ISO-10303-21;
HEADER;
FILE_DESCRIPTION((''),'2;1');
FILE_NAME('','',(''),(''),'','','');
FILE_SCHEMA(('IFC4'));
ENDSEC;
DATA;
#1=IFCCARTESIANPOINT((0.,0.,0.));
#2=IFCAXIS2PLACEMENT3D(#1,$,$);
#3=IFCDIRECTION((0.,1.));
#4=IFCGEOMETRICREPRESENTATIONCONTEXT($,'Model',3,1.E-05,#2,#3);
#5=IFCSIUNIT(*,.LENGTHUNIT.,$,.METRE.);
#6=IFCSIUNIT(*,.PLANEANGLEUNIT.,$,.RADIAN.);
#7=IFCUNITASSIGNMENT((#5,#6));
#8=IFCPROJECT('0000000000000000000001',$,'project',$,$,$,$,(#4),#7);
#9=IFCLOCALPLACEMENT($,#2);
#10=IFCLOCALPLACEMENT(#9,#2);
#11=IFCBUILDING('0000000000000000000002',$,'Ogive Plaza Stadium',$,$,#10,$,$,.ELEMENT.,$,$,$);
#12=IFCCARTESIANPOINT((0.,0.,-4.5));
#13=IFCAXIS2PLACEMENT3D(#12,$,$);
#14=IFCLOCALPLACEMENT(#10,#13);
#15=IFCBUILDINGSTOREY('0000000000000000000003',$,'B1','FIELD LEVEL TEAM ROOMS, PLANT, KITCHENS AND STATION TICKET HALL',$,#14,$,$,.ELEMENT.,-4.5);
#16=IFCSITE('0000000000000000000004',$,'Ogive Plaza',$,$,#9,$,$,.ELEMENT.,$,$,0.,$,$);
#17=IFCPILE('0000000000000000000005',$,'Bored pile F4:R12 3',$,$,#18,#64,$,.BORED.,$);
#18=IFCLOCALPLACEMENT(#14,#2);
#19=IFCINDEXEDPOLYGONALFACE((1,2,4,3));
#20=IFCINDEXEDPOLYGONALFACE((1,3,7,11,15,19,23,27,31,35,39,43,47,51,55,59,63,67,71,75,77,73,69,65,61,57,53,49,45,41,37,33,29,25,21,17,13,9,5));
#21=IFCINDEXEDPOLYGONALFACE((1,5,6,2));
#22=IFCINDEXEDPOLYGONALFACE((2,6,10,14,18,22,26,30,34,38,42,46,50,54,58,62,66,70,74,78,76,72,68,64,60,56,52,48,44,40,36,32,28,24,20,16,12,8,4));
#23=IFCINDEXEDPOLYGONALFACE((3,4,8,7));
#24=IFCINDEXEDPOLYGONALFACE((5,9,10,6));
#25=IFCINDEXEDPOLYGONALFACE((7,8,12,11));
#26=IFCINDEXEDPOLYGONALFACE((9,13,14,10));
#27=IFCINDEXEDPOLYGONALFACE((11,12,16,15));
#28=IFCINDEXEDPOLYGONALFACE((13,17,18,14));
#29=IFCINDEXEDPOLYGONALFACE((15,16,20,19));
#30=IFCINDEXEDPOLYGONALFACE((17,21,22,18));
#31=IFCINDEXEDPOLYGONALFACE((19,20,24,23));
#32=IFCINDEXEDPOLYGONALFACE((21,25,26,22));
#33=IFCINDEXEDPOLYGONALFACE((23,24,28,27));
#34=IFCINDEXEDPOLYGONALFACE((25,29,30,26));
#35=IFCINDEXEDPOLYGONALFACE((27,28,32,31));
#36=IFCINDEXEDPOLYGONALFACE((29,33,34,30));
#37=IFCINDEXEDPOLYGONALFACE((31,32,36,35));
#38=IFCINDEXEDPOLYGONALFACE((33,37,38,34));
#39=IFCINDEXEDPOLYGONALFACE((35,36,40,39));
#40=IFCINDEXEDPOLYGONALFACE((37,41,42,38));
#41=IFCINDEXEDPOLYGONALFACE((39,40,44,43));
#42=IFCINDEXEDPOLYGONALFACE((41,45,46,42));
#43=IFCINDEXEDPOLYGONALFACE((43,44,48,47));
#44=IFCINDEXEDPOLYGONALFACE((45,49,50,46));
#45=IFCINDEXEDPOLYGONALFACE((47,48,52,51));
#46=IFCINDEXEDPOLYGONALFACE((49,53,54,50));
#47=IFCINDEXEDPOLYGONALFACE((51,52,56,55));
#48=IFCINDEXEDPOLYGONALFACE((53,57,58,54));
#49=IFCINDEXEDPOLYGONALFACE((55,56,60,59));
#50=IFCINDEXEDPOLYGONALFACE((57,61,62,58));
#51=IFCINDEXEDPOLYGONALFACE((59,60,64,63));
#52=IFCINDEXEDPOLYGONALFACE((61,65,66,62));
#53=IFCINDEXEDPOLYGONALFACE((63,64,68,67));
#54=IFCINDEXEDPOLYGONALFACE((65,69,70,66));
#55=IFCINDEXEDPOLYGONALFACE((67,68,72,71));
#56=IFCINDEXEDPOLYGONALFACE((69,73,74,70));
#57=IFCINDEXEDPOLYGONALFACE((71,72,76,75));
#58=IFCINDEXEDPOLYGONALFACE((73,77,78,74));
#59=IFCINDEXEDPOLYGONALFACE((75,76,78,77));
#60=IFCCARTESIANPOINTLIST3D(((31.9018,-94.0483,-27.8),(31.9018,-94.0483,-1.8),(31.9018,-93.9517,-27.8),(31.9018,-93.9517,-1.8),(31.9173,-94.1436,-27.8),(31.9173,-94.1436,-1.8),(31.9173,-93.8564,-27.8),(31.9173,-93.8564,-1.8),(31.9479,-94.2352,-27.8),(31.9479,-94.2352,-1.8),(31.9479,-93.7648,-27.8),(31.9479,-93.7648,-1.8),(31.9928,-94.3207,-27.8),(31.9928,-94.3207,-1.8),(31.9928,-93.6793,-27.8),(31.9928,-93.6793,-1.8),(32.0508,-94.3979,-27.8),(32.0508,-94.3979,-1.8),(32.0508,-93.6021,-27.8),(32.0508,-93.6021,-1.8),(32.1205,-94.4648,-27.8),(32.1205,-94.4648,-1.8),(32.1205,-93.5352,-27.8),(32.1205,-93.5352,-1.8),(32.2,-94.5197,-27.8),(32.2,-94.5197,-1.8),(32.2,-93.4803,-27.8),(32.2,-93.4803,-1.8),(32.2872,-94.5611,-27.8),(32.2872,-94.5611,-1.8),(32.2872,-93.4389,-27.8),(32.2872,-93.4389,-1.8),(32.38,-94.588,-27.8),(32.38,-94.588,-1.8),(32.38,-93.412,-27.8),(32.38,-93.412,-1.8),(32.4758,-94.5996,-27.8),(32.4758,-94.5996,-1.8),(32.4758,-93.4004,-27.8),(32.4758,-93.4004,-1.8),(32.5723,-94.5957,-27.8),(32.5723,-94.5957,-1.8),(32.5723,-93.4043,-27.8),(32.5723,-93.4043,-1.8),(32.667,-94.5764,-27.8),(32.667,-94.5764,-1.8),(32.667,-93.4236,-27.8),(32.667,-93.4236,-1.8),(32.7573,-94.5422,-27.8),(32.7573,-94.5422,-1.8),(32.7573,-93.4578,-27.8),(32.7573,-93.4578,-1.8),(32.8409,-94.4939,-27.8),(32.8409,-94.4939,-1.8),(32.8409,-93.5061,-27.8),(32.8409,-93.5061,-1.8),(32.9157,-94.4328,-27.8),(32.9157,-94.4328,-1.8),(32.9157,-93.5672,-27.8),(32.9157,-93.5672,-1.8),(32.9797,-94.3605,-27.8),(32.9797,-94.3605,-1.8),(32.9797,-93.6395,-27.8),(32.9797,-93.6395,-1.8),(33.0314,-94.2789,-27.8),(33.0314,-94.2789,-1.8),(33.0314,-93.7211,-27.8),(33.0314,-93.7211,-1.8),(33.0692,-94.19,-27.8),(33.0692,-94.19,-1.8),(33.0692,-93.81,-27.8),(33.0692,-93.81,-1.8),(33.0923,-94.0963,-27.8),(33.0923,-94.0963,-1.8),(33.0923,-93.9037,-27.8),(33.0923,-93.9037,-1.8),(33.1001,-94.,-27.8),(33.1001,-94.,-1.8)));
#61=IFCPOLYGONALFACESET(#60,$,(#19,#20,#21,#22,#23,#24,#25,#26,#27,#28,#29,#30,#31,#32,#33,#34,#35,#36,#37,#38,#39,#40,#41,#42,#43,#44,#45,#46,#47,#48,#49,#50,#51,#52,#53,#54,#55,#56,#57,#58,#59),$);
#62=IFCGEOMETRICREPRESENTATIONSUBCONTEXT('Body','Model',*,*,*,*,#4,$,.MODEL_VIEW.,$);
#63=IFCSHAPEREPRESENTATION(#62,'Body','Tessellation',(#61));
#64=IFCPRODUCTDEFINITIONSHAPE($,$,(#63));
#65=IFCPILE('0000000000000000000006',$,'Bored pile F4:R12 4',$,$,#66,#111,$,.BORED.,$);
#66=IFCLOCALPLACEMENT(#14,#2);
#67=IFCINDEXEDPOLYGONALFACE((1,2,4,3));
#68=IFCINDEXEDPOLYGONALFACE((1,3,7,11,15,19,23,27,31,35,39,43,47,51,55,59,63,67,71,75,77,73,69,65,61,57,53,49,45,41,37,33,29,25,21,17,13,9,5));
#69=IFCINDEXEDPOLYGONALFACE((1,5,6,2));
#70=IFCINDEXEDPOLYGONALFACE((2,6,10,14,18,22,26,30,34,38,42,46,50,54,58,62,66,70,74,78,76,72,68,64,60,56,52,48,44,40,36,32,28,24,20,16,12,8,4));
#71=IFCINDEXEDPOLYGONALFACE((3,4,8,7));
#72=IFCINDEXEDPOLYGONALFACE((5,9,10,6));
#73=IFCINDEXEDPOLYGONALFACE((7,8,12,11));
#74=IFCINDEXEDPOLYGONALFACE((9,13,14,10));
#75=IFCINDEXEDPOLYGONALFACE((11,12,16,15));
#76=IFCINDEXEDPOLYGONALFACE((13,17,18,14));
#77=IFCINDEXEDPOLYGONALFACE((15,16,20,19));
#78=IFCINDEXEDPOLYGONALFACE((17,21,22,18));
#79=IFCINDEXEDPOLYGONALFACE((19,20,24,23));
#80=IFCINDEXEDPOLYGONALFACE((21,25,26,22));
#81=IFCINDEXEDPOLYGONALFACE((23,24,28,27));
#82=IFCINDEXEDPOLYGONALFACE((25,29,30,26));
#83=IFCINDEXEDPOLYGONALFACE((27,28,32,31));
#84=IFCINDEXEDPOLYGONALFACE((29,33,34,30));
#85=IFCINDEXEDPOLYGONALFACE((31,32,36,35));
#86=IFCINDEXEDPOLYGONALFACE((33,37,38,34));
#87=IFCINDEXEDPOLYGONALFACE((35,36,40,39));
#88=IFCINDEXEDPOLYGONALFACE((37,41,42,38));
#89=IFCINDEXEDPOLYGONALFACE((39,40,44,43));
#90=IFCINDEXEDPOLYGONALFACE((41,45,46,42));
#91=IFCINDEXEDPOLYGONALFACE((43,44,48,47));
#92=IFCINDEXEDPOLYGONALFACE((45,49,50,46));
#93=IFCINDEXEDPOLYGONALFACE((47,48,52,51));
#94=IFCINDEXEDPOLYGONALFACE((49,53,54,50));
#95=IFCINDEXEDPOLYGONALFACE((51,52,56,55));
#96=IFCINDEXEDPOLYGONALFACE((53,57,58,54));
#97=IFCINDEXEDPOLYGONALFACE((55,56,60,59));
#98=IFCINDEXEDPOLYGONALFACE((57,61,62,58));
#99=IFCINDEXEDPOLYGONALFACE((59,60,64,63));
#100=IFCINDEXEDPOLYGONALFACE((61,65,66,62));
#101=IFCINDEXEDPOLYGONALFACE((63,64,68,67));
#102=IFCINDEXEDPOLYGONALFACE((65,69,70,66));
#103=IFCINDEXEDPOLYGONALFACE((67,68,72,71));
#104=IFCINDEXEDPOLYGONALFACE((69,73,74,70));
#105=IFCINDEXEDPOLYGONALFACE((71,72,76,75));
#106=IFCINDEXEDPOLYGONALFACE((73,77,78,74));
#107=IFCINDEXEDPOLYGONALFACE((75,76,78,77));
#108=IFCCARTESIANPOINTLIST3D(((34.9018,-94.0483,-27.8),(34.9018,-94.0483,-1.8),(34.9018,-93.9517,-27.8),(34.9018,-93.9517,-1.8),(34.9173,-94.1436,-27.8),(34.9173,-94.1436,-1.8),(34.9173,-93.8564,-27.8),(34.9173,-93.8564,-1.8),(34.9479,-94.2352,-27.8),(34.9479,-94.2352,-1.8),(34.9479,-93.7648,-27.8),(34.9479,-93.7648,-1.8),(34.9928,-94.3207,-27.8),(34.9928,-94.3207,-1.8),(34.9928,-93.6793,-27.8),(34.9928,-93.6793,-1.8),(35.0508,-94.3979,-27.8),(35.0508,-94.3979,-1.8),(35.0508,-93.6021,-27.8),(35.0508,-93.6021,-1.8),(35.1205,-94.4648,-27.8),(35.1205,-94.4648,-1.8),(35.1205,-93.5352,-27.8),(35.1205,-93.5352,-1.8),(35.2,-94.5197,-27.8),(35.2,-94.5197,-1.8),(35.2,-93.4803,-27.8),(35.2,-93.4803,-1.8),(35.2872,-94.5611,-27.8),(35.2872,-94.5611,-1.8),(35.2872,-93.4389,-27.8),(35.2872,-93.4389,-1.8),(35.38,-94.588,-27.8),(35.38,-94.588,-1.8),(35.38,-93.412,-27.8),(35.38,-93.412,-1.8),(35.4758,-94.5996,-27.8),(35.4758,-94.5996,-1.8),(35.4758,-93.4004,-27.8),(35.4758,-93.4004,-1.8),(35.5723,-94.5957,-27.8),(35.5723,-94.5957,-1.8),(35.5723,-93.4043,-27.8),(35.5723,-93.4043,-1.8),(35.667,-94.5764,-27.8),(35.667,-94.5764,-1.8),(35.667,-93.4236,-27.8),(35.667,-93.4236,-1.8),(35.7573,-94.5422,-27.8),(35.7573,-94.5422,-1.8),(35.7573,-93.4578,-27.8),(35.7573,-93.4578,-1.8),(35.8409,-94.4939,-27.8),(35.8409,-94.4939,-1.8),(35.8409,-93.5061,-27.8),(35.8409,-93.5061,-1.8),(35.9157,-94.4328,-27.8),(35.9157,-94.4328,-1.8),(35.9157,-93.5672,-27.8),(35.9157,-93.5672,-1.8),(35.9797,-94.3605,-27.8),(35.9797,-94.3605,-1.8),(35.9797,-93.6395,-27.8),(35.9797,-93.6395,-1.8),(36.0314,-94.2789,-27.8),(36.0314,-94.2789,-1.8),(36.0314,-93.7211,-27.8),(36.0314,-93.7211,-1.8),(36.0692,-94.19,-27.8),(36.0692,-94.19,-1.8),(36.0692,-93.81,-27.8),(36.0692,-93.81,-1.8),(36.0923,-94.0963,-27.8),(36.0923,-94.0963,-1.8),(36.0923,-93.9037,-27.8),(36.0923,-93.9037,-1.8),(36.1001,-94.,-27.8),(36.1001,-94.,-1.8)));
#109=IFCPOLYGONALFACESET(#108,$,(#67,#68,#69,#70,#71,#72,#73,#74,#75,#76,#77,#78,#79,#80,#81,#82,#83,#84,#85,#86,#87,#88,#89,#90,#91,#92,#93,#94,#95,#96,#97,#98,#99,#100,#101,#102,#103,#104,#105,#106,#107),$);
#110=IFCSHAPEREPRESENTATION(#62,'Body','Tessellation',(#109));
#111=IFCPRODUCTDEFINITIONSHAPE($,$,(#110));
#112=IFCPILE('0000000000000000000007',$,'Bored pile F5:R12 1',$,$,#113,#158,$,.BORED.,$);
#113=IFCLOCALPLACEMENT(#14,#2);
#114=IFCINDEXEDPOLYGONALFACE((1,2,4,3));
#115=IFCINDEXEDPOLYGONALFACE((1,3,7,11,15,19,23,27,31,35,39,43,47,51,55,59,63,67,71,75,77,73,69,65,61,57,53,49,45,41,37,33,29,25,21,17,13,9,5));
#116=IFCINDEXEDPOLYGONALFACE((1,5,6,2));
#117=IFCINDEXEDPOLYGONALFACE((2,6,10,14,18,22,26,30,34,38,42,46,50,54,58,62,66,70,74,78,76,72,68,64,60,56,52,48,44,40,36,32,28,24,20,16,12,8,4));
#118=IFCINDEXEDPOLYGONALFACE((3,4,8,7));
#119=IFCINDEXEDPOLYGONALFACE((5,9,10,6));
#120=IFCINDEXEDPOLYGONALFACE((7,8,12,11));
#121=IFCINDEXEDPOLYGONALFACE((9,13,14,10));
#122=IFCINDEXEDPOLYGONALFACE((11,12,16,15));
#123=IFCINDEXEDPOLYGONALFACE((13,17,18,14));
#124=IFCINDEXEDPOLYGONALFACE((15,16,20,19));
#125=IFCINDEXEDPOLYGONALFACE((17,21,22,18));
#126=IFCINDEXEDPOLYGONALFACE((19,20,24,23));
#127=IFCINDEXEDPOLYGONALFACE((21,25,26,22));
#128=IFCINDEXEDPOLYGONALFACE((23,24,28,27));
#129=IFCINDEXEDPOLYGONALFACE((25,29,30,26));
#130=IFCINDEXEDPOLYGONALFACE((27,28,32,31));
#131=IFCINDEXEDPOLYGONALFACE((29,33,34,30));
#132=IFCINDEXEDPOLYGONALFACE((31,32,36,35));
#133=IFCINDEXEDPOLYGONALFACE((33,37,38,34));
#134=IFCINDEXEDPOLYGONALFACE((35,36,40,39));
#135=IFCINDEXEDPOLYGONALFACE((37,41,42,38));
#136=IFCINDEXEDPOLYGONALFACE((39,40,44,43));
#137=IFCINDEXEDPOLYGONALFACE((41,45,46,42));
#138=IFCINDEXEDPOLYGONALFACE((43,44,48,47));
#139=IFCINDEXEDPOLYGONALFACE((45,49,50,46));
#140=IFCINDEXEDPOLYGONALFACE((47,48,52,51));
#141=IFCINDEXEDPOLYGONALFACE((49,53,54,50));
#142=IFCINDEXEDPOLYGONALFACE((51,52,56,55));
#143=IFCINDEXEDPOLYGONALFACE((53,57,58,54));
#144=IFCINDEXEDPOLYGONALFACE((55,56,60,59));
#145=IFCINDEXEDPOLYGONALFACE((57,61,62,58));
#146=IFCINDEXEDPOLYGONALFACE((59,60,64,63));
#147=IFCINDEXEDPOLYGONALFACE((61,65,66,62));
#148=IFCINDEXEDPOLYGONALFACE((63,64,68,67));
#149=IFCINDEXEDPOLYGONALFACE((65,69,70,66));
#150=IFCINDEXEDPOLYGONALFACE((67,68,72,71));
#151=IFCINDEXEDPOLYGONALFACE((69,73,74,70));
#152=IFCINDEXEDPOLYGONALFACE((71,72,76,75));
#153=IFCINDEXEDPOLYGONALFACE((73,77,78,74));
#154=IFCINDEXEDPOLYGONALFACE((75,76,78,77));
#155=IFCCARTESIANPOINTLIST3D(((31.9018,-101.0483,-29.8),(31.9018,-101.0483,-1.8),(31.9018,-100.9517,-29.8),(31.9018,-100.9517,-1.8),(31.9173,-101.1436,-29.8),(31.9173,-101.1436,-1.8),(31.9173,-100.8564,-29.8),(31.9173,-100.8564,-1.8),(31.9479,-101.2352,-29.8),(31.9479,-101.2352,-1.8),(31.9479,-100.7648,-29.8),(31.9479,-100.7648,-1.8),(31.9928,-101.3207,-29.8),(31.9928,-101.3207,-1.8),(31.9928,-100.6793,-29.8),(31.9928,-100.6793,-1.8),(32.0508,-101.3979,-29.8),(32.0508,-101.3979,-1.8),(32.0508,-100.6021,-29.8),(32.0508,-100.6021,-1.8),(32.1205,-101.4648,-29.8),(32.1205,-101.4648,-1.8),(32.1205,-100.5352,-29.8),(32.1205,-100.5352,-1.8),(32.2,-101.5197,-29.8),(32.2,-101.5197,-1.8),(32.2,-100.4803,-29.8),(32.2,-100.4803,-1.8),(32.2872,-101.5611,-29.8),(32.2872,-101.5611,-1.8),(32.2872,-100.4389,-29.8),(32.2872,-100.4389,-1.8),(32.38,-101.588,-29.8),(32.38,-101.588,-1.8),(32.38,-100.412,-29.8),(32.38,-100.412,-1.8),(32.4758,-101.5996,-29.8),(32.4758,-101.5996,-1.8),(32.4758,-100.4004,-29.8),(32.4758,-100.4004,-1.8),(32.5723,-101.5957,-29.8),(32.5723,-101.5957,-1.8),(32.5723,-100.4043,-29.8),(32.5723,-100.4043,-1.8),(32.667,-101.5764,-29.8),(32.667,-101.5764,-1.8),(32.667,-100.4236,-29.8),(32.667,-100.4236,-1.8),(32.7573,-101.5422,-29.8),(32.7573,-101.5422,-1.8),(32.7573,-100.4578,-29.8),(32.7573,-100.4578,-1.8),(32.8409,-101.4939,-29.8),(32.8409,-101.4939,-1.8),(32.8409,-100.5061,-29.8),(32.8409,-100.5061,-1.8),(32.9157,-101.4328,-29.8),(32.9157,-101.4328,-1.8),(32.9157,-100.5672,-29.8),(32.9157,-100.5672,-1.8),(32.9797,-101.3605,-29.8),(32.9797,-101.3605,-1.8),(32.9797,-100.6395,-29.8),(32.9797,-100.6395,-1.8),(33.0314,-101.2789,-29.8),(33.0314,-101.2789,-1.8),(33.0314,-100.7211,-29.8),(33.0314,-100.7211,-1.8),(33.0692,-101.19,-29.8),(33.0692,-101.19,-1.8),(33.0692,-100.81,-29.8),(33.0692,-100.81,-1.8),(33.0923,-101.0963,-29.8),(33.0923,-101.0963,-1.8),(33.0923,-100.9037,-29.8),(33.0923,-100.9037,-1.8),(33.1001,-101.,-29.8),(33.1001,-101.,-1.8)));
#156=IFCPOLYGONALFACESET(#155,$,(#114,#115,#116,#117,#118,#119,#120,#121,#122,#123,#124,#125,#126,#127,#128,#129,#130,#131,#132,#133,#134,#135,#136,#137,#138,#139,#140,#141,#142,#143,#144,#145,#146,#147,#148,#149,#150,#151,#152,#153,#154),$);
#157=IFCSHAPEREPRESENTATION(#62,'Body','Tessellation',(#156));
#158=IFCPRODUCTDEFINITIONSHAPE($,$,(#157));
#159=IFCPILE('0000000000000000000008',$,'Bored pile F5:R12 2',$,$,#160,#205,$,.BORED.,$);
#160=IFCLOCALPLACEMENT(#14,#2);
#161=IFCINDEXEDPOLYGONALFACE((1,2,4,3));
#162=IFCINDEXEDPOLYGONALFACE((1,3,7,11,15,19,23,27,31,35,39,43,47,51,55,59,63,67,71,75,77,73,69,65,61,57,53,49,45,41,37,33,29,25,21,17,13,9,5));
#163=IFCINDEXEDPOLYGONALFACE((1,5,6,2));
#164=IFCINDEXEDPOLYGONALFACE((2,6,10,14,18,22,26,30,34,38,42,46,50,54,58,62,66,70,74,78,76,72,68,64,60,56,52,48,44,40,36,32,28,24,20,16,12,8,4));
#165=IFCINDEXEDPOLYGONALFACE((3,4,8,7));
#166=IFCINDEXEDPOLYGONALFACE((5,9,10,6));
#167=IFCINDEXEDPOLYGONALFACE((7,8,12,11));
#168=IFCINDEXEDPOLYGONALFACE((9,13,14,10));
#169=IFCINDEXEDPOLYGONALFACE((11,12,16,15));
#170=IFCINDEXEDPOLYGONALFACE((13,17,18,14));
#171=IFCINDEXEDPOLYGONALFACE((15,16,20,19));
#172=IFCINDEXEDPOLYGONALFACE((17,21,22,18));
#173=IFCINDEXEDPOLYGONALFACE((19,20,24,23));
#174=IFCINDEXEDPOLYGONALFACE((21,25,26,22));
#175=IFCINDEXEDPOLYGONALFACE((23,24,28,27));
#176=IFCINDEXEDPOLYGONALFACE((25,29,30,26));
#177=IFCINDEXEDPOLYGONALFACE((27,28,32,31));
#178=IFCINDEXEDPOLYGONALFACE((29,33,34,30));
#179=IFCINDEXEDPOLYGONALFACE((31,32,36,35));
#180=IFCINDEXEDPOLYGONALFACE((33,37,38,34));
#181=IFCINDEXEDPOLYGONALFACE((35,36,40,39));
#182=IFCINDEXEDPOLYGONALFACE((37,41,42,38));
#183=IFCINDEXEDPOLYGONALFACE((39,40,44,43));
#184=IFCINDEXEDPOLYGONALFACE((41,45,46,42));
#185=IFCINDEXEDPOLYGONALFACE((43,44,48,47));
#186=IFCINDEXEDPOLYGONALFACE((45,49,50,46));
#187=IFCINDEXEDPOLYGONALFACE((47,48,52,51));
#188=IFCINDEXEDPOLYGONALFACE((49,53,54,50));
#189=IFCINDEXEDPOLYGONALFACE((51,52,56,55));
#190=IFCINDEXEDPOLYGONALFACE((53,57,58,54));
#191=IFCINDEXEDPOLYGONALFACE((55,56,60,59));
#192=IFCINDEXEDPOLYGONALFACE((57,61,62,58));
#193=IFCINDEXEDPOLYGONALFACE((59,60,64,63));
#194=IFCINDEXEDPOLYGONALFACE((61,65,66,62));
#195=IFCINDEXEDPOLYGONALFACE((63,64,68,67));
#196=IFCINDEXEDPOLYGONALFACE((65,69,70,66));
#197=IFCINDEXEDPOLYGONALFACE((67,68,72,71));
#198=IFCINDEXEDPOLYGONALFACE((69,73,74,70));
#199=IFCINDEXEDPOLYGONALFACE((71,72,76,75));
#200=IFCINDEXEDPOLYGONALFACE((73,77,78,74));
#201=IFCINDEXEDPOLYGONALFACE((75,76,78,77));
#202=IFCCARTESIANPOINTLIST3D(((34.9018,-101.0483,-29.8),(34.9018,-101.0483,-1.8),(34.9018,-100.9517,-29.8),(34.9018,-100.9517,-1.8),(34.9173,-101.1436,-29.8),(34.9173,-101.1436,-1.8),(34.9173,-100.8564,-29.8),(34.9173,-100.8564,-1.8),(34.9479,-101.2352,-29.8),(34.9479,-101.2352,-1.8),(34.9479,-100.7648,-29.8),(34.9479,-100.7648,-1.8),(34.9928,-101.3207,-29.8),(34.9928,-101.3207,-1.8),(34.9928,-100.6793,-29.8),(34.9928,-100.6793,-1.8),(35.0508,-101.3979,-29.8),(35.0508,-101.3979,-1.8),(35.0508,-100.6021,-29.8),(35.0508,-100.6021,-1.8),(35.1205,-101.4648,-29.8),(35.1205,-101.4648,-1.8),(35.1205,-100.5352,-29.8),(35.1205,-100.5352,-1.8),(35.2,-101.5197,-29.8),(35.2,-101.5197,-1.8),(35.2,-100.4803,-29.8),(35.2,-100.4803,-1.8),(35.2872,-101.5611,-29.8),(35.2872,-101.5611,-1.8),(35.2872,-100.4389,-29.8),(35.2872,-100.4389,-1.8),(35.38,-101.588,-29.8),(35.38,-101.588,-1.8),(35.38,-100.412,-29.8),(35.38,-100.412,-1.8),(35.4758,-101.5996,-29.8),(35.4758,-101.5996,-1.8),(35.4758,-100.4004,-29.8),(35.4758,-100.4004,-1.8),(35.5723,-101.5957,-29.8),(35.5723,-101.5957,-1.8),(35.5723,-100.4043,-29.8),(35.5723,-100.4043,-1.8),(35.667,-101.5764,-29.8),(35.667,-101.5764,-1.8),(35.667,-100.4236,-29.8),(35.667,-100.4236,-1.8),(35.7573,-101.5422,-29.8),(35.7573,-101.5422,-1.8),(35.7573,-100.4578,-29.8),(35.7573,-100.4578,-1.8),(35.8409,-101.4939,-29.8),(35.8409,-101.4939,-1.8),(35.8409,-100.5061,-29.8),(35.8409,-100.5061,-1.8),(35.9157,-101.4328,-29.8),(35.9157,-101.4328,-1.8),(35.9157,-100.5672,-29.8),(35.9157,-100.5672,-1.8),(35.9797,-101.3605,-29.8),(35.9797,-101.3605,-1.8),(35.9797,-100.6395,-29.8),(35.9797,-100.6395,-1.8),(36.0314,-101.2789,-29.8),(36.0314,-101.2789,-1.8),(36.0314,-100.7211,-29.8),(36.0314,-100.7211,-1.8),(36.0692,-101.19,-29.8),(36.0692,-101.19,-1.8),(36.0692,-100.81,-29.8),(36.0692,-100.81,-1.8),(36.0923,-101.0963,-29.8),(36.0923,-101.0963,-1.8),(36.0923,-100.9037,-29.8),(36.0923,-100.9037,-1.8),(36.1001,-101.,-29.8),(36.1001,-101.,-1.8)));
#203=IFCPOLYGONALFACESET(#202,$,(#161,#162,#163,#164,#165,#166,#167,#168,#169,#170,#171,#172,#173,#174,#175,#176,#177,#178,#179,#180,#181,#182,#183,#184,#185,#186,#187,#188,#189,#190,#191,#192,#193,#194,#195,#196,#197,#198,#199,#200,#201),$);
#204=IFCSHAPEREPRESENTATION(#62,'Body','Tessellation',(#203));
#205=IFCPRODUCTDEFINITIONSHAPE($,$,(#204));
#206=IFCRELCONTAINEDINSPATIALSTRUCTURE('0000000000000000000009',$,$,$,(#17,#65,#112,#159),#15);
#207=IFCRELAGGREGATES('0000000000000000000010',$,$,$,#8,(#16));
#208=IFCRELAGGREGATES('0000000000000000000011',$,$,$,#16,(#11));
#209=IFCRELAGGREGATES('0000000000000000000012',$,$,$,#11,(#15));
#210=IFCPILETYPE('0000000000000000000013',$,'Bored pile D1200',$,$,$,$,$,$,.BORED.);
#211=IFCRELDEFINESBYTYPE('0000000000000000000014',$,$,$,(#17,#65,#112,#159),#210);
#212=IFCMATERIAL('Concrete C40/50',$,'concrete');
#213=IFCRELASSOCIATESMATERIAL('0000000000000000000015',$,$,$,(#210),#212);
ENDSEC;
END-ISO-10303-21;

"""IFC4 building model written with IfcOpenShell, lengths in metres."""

from ifc_helpers import new_model, si_unit, direction, frame, origin, origin_2d, place, context, subcontext, project, spatial, circle, extrude, material, material_profile, profile_set, type_object, element, save


model = new_model("IFC4")

# Units and contexts
model_context = context("Model", 3, precision=1e-05, world=origin(), true_north=direction((0.0, 1.0)))
body_context = subcontext(model_context, "Body", "Model", "MODEL_VIEW")
ifc_project = project(units=[si_unit("LENGTHUNIT", "METRE"), si_unit("PLANEANGLEUNIT", "RADIAN")], contexts=[model_context])

# Site, building, storey
site_placement = place(None, origin())
site = spatial("IfcSite", under=ifc_project, at=site_placement, Name="Ogive Plaza", CompositionType="ELEMENT", RefElevation=0.0)
building_placement = place(site_placement, origin())
building = spatial("IfcBuilding", under=site, at=building_placement, Name="Ogive Plaza Stadium", CompositionType="ELEMENT")
storey_placement = place(building_placement, frame((0.0, 0.0, -4.5)))
storey = spatial("IfcBuildingStorey", under=building, at=storey_placement, Name="B1", Description="FIELD LEVEL TEAM ROOMS, PLANT, KITCHENS AND STATION TICKET HALL", CompositionType="ELEMENT", Elevation=-4.5)

# Piles
ifc_material_1 = material(Name="Concrete C40/50", Category="concrete")
ifc_material_profile_1 = material_profile(ifc_material_1, circle(Radius=0.6001, at=origin_2d()), Name="RC D1200")
ifc_profile_set_1 = profile_set([ifc_material_profile_1], Name="Concrete C40/50")
pile_type_1 = type_object("IfcPileType", Name="Bored pile D1200", PredefinedType="BORED", material=ifc_profile_set_1)
for number, where, z_axis, x_axis, name in (
    (1, (32.5, -94.0, -1.8), (0.0, 0.0, -1.0), (1.0, 0.0, 0.0), "Bored pile F4:R12 3"),
    (2, (35.5, -94.0, -1.8), (0.0, 0.0, -1.0), (1.0, 0.0, 0.0), "Bored pile F4:R12 4"),
):
    element("IfcPile", number, at=place(storey_placement, frame(where, z_axis=z_axis, x_axis=x_axis)), inside=storey, type_object=pile_type_1, Name=name, PredefinedType="BORED", context=body_context, shape_type="SweptSolid", body=[
        extrude(circle(Radius=0.6001, at=origin_2d()), origin(), (0.0, 0.0, 1.0), 26.0),
    ])
for number, where, z_axis, x_axis, name in (
    (3, (32.5, -101.0, -1.8), (0.0, 0.0, -1.0), (1.0, 0.0, 0.0), "Bored pile F5:R12 1"),
    (4, (35.5, -101.0, -1.8), (0.0, 0.0, -1.0), (1.0, 0.0, 0.0), "Bored pile F5:R12 2"),
):
    element("IfcPile", number, at=place(storey_placement, frame(where, z_axis=z_axis, x_axis=x_axis)), inside=storey, type_object=pile_type_1, Name=name, PredefinedType="BORED", context=body_context, shape_type="SweptSolid", body=[
        extrude(circle(Radius=0.6001, at=origin_2d()), origin(), (0.0, 0.0, 1.0), 28.0),
    ])

save(model, "model.ifc")
